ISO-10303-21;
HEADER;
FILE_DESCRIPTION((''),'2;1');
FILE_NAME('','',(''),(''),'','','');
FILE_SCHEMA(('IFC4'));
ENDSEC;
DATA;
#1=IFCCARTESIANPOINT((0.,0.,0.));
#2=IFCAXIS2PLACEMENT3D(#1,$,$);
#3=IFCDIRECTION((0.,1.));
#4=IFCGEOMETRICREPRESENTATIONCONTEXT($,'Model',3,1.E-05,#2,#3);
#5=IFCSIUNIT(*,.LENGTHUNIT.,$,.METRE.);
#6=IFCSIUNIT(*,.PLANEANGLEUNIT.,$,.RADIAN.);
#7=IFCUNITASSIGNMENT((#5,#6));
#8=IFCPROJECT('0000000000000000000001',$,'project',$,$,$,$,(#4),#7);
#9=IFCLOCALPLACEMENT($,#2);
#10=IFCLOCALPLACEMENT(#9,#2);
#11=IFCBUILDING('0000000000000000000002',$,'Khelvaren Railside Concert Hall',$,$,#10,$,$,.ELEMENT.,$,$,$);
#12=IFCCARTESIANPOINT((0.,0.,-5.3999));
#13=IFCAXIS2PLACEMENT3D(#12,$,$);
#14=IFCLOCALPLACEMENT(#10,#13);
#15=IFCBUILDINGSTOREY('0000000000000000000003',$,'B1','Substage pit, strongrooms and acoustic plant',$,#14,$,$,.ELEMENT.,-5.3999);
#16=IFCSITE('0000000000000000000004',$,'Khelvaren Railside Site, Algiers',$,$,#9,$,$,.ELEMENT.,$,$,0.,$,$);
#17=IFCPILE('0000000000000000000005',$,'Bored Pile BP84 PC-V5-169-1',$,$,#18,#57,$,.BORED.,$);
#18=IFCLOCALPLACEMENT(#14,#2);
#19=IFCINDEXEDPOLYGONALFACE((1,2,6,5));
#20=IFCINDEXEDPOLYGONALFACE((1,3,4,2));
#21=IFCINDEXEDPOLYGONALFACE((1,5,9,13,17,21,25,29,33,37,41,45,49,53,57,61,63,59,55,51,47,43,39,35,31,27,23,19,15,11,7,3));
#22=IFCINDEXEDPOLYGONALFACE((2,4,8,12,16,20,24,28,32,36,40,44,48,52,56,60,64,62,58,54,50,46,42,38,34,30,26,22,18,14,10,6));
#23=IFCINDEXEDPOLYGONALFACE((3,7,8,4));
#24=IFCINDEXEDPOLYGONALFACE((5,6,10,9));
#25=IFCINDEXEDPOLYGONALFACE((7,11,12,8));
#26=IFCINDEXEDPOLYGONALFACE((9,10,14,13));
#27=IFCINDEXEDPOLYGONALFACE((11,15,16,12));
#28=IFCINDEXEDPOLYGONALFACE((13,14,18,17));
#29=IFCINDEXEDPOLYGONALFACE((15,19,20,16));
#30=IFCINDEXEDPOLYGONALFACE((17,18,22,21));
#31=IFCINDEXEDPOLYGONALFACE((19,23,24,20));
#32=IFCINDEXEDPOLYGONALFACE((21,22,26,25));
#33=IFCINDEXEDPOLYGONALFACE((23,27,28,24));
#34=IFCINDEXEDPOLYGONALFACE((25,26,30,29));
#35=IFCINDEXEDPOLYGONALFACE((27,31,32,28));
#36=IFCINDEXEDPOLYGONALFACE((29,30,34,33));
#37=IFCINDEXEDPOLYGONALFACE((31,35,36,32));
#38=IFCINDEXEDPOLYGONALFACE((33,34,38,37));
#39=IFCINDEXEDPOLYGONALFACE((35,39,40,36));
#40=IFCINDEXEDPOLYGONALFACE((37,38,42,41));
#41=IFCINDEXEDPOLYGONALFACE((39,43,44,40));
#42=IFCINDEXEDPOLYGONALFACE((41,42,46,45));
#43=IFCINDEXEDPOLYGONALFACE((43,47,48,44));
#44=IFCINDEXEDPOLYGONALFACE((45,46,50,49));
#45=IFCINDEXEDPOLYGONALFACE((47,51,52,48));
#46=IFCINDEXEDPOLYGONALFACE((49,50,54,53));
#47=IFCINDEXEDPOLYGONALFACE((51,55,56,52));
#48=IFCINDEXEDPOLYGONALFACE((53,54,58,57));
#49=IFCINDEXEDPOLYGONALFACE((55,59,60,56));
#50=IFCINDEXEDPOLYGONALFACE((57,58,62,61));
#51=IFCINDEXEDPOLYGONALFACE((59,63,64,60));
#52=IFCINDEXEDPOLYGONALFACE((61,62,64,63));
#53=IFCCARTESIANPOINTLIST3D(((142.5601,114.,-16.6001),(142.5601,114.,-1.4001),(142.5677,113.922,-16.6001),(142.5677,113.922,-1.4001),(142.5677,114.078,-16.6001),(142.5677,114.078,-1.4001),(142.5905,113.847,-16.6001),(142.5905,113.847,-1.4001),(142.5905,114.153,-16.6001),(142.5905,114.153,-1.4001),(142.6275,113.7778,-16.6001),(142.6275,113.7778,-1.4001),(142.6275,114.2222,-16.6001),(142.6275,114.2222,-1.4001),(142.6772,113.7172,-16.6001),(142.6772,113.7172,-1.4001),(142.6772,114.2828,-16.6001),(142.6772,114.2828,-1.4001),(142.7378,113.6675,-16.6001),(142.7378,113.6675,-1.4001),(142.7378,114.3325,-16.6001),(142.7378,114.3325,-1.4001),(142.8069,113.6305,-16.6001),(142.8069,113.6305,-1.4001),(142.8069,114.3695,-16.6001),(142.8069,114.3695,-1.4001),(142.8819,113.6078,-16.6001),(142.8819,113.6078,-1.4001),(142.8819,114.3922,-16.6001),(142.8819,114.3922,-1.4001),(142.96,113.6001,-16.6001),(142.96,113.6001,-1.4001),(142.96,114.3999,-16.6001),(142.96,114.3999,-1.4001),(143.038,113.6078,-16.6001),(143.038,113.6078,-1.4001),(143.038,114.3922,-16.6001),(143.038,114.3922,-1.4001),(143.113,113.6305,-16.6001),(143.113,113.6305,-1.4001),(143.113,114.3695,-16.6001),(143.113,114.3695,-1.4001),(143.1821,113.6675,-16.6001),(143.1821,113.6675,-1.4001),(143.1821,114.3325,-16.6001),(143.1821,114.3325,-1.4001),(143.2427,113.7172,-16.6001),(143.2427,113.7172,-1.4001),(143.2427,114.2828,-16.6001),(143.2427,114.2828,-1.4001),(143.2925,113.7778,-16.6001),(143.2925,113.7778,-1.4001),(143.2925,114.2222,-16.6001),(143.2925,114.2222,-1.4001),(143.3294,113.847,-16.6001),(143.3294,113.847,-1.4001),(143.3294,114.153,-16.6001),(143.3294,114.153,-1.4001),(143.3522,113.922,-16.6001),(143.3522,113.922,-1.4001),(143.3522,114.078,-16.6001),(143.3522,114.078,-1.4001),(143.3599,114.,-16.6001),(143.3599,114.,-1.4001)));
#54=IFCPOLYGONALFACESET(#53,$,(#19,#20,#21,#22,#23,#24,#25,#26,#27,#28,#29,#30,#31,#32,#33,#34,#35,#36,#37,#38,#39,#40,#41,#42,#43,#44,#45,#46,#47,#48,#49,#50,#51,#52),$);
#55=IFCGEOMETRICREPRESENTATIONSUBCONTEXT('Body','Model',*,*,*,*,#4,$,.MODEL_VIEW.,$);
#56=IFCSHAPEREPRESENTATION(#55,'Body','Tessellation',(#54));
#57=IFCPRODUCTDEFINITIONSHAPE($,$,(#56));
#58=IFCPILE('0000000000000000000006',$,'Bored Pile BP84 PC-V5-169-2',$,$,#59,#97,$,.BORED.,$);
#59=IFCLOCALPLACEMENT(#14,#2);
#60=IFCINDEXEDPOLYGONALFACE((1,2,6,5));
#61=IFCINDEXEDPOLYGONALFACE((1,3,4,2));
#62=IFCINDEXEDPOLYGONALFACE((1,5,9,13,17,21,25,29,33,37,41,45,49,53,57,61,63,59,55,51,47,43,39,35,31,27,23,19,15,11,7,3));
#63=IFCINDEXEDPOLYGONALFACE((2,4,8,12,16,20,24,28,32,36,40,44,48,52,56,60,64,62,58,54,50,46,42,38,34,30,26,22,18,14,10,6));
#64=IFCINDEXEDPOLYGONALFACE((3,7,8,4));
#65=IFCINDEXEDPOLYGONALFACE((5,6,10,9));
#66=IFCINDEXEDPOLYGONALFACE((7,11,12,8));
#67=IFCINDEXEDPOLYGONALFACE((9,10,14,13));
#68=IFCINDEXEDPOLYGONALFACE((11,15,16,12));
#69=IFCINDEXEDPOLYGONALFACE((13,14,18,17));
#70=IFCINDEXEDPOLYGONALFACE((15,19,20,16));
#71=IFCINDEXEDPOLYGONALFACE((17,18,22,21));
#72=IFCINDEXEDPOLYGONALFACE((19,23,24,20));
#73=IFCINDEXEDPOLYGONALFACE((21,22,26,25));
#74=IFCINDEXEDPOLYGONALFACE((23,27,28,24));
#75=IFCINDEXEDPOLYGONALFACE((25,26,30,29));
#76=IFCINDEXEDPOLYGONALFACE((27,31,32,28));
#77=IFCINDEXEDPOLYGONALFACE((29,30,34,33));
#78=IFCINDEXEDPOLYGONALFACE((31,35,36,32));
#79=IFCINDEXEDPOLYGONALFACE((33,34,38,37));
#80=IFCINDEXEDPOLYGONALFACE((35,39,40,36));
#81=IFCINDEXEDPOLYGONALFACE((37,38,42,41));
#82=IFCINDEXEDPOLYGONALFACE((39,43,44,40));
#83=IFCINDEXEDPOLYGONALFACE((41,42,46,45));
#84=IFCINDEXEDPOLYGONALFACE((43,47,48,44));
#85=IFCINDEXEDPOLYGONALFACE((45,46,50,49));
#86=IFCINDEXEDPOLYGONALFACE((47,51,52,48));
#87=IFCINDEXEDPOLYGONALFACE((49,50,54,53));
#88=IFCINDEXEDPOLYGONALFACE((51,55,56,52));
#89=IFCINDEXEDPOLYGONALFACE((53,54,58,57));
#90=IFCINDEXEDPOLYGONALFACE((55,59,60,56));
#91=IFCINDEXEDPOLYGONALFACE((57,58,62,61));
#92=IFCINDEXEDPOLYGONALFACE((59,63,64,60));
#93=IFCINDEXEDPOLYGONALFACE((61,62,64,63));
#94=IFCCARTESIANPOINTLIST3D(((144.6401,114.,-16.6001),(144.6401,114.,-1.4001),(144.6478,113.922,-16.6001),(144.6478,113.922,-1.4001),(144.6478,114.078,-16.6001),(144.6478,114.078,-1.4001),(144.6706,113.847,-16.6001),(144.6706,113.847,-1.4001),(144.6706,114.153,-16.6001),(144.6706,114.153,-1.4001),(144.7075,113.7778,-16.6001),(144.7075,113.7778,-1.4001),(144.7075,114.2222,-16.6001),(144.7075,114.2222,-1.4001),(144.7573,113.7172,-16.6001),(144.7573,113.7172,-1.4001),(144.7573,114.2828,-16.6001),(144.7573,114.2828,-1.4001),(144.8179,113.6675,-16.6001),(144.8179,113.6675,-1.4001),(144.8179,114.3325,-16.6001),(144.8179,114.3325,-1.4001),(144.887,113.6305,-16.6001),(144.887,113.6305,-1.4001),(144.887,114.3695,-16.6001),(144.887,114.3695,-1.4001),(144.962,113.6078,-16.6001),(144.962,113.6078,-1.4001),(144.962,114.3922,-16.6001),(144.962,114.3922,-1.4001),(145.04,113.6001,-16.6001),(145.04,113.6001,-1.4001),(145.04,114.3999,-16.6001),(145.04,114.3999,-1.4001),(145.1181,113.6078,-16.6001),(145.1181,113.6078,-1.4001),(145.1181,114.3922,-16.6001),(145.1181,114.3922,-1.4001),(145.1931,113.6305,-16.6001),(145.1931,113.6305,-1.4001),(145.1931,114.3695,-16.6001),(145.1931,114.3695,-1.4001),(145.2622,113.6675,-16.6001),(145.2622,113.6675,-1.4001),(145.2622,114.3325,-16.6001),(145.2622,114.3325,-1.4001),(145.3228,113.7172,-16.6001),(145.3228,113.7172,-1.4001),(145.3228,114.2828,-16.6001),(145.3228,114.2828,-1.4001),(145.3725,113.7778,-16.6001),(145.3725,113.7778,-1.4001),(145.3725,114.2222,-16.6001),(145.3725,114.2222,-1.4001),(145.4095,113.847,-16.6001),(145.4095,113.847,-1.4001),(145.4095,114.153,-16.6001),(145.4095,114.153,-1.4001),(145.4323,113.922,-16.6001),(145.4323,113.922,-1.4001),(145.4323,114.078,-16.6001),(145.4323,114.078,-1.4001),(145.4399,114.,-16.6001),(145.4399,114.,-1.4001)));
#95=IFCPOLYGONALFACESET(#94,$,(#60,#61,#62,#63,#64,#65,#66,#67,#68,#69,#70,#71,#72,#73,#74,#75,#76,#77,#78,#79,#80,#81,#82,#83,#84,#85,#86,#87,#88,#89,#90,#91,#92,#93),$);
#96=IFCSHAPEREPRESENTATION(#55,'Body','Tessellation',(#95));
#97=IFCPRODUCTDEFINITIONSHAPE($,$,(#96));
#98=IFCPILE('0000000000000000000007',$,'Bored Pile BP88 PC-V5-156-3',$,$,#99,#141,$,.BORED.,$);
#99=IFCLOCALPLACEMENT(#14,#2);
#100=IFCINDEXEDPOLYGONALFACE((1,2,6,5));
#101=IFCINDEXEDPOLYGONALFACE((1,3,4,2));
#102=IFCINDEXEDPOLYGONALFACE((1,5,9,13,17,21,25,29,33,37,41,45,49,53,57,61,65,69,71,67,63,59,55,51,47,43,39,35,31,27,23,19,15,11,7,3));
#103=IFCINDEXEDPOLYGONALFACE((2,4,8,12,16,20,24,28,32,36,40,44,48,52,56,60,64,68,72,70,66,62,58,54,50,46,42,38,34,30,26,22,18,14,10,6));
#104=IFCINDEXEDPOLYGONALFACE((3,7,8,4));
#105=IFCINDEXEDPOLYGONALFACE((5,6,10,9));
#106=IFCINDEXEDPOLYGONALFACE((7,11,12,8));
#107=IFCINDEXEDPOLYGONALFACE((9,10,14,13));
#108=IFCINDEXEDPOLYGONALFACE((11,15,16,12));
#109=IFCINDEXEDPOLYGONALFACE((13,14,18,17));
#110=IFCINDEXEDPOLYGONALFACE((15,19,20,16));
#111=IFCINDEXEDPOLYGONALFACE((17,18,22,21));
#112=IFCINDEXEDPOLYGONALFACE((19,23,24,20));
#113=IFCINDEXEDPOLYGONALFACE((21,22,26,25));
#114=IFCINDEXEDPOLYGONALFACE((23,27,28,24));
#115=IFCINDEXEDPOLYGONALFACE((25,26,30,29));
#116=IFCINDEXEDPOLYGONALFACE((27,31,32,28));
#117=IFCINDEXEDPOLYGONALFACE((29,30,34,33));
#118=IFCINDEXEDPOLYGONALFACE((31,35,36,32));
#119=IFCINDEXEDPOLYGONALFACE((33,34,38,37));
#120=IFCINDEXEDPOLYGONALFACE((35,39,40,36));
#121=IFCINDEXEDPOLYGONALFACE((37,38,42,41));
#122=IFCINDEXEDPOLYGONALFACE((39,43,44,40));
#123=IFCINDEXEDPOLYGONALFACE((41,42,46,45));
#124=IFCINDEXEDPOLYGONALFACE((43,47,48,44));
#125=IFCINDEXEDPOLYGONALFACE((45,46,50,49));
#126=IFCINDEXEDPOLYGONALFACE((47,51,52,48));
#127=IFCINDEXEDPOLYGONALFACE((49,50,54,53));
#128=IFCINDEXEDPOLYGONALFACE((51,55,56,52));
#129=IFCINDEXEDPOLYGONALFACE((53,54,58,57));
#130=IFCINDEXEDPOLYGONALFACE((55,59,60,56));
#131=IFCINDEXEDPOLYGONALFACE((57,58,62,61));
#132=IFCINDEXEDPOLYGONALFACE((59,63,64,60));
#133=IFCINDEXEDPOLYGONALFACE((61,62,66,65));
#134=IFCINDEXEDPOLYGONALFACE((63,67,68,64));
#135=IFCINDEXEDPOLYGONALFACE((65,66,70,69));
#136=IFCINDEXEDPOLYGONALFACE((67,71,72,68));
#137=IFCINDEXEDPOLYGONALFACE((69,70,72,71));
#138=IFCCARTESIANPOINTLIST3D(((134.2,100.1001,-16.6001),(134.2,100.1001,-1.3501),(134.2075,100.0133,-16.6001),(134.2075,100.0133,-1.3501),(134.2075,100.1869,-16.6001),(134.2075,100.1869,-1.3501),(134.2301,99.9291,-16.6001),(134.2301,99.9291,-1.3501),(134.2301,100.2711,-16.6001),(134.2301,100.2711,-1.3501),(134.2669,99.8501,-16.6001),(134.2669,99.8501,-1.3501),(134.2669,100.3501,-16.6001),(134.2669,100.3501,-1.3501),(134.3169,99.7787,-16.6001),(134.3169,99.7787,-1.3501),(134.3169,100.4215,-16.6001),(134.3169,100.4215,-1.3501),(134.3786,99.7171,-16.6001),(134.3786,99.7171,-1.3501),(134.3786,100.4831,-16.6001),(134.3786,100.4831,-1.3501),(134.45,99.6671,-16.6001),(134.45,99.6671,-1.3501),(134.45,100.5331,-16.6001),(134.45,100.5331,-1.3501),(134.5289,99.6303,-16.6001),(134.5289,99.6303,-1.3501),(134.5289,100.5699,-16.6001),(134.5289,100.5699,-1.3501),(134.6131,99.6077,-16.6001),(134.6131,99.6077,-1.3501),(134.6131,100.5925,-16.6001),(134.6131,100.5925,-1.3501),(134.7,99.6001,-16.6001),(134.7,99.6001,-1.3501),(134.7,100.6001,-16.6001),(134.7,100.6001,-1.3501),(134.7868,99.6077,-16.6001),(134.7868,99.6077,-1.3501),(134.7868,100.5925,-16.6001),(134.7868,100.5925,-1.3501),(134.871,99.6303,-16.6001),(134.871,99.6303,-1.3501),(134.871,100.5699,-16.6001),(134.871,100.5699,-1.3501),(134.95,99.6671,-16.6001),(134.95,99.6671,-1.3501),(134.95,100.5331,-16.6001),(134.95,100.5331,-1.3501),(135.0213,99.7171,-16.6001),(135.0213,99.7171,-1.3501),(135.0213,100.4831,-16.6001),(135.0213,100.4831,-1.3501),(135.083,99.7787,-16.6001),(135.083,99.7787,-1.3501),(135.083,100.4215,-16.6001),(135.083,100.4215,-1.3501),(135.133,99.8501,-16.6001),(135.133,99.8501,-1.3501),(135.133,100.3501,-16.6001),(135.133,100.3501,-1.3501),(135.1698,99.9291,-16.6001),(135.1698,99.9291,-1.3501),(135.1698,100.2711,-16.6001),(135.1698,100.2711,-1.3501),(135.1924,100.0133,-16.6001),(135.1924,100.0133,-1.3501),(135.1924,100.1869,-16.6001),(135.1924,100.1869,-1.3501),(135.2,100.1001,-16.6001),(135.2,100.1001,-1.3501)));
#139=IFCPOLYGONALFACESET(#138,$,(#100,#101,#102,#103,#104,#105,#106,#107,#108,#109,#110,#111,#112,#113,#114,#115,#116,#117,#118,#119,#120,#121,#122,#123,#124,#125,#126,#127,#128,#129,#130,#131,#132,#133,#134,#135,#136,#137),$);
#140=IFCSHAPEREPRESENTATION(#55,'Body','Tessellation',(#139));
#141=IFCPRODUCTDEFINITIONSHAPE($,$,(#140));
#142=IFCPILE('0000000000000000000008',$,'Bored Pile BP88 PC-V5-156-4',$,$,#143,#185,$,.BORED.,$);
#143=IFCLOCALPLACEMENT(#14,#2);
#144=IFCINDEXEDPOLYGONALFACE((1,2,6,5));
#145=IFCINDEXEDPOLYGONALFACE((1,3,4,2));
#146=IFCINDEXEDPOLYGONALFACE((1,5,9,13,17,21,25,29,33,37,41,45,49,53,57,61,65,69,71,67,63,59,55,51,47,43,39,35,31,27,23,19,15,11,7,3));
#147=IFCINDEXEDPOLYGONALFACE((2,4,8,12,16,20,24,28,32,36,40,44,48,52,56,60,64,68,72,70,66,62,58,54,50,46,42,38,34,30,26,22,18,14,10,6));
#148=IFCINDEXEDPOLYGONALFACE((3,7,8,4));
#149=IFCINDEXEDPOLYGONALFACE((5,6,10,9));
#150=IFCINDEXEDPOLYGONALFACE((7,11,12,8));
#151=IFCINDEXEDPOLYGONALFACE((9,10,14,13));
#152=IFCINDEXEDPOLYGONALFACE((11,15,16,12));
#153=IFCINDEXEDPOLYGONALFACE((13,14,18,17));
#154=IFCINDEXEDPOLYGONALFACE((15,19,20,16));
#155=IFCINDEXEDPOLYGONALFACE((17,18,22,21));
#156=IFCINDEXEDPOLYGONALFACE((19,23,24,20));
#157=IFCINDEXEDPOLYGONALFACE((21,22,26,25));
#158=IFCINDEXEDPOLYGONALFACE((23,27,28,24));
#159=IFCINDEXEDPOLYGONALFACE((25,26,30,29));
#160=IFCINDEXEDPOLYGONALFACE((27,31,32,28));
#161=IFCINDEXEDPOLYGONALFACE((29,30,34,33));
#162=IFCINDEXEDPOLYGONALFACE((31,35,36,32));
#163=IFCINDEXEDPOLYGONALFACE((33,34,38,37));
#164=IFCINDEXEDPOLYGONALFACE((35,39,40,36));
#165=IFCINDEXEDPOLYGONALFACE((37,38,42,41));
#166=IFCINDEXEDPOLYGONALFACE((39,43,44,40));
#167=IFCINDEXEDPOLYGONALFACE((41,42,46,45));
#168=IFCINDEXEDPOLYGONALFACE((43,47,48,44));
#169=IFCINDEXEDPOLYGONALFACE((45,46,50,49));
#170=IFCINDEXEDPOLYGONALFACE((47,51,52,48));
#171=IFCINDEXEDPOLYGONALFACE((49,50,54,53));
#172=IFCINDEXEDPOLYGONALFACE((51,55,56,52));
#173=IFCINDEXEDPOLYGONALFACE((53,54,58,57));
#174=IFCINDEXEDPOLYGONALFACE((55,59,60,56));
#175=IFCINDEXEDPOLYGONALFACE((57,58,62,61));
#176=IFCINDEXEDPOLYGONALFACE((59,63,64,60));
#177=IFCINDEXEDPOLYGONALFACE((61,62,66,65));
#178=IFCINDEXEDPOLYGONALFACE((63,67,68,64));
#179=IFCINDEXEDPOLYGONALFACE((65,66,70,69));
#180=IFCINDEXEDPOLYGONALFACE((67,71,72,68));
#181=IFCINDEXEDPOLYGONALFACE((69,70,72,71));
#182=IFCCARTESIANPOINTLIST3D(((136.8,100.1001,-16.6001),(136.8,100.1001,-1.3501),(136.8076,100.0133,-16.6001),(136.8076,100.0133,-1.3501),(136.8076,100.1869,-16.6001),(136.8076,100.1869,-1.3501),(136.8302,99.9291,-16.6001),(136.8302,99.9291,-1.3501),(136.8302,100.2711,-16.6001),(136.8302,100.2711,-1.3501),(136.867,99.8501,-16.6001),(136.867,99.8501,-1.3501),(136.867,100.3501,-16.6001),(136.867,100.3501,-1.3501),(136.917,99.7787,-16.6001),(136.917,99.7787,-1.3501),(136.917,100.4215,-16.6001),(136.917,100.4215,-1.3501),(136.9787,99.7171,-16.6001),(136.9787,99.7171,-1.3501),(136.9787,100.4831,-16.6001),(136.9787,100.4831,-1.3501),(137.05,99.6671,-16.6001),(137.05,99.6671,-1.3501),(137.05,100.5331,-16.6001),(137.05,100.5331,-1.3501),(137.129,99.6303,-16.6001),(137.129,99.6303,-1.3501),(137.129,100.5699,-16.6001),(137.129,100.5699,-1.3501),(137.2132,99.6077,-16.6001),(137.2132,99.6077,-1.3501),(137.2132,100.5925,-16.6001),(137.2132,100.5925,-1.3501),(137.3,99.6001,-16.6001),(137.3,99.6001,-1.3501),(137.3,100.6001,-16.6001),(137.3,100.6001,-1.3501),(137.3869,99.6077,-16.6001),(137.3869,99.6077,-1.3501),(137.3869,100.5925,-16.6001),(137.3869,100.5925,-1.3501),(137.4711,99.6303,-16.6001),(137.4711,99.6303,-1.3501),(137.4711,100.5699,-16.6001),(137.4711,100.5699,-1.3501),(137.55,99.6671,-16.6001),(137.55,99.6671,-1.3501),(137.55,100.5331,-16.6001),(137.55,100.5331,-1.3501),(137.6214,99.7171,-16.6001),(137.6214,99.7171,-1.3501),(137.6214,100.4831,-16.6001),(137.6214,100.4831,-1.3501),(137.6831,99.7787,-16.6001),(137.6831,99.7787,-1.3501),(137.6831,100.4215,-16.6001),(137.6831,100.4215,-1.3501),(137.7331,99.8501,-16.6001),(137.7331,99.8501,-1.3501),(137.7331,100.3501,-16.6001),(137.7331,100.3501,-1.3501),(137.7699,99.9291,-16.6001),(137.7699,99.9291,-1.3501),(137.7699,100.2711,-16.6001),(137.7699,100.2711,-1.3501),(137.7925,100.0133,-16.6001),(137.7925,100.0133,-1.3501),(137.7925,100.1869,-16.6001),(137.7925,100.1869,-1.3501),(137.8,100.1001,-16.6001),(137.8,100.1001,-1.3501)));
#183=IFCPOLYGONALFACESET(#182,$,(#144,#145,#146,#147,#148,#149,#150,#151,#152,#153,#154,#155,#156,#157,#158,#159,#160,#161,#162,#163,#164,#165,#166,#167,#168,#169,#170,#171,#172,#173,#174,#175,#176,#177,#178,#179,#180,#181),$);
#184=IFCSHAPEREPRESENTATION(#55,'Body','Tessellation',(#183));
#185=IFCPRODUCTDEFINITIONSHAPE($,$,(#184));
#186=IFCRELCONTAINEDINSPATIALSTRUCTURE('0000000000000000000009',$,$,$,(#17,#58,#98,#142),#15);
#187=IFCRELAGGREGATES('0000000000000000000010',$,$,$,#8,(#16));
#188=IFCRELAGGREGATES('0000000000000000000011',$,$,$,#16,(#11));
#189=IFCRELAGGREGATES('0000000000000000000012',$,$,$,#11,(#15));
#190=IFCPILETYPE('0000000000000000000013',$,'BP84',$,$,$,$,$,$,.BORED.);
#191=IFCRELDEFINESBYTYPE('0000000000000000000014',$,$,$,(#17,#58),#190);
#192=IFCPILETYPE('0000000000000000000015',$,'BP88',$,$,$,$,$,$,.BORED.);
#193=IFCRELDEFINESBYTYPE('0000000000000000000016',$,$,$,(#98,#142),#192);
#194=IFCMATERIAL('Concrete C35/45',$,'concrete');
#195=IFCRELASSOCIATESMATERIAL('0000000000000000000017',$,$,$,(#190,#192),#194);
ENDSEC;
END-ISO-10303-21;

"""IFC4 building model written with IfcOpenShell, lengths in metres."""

from ifc_helpers import new_model, si_unit, direction, frame, origin, origin_2d, place, context, subcontext, project, spatial, circle, extrude, material, material_profile, profile_set, type_object, element, save


model = new_model("IFC4")

# Units and contexts
model_context = context("Model", 3, precision=1e-05, world=origin(), true_north=direction((0.0, 1.0)))
body_context = subcontext(model_context, "Body", "Model", "MODEL_VIEW")
ifc_project = project(units=[si_unit("LENGTHUNIT", "METRE"), si_unit("PLANEANGLEUNIT", "RADIAN")], contexts=[model_context])

# Site, building, storey
site_placement = place(None, origin())
site = spatial("IfcSite", under=ifc_project, at=site_placement, Name="Khelvaren Railside Site, Algiers", CompositionType="ELEMENT", RefElevation=0.0)
building_placement = place(site_placement, origin())
building = spatial("IfcBuilding", under=site, at=building_placement, Name="Khelvaren Railside Concert Hall", CompositionType="ELEMENT")
storey_placement = place(building_placement, frame((0.0, 0.0, -5.3999)))
storey = spatial("IfcBuildingStorey", under=building, at=storey_placement, Name="B1", Description="Substage pit, strongrooms and acoustic plant", CompositionType="ELEMENT", Elevation=-5.3999)

# Piles
ifc_material_1 = material(Name="Concrete C35/45", Category="concrete")
ifc_material_profile_1 = material_profile(ifc_material_1, circle(Radius=0.3999, at=origin_2d()), Name="BP D800")
ifc_profile_set_1 = profile_set([ifc_material_profile_1], Name="Concrete C35/45")
pile_type_1 = type_object("IfcPileType", Name="BP84", PredefinedType="BORED", material=ifc_profile_set_1)
for number, where, z_axis, x_axis, name in (
    (1, (142.96, 114.0, -1.4001), (0.0, 0.0, -1.0), (1.0, 0.0, 0.0), "Bored Pile BP84 PC-V5-169-1"),
    (2, (145.04, 114.0, -1.4001), (0.0, 0.0, -1.0), (1.0, 0.0, 0.0), "Bored Pile BP84 PC-V5-169-2"),
):
    element("IfcPile", number, at=place(storey_placement, frame(where, z_axis=z_axis, x_axis=x_axis)), inside=storey, type_object=pile_type_1, Name=name, PredefinedType="BORED", context=body_context, shape_type="SweptSolid", body=[
        extrude(circle(Radius=0.3999, at=origin_2d()), origin(), (0.0, 0.0, 1.0), 15.2),
    ])
ifc_material_profile_2 = material_profile(ifc_material_1, circle(Radius=0.5, at=origin_2d()), Name="BP D1000")
ifc_profile_set_2 = profile_set([ifc_material_profile_2], Name="Concrete C35/45")
pile_type_2 = type_object("IfcPileType", Name="BP88", PredefinedType="BORED", material=ifc_profile_set_2)
for number, where, z_axis, x_axis, name in (
    (3, (134.7, 100.1001, -1.3501), (0.0, 0.0, -1.0), (1.0, 0.0, 0.0), "Bored Pile BP88 PC-V5-156-3"),
    (4, (137.3, 100.1001, -1.3501), (0.0, 0.0, -1.0), (1.0, 0.0, 0.0), "Bored Pile BP88 PC-V5-156-4"),
):
    element("IfcPile", number, at=place(storey_placement, frame(where, z_axis=z_axis, x_axis=x_axis)), inside=storey, type_object=pile_type_2, Name=name, PredefinedType="BORED", context=body_context, shape_type="SweptSolid", body=[
        extrude(circle(Radius=0.5, at=origin_2d()), origin(), (0.0, 0.0, 1.0), 15.25),
    ])

save(model, "model.ifc")
